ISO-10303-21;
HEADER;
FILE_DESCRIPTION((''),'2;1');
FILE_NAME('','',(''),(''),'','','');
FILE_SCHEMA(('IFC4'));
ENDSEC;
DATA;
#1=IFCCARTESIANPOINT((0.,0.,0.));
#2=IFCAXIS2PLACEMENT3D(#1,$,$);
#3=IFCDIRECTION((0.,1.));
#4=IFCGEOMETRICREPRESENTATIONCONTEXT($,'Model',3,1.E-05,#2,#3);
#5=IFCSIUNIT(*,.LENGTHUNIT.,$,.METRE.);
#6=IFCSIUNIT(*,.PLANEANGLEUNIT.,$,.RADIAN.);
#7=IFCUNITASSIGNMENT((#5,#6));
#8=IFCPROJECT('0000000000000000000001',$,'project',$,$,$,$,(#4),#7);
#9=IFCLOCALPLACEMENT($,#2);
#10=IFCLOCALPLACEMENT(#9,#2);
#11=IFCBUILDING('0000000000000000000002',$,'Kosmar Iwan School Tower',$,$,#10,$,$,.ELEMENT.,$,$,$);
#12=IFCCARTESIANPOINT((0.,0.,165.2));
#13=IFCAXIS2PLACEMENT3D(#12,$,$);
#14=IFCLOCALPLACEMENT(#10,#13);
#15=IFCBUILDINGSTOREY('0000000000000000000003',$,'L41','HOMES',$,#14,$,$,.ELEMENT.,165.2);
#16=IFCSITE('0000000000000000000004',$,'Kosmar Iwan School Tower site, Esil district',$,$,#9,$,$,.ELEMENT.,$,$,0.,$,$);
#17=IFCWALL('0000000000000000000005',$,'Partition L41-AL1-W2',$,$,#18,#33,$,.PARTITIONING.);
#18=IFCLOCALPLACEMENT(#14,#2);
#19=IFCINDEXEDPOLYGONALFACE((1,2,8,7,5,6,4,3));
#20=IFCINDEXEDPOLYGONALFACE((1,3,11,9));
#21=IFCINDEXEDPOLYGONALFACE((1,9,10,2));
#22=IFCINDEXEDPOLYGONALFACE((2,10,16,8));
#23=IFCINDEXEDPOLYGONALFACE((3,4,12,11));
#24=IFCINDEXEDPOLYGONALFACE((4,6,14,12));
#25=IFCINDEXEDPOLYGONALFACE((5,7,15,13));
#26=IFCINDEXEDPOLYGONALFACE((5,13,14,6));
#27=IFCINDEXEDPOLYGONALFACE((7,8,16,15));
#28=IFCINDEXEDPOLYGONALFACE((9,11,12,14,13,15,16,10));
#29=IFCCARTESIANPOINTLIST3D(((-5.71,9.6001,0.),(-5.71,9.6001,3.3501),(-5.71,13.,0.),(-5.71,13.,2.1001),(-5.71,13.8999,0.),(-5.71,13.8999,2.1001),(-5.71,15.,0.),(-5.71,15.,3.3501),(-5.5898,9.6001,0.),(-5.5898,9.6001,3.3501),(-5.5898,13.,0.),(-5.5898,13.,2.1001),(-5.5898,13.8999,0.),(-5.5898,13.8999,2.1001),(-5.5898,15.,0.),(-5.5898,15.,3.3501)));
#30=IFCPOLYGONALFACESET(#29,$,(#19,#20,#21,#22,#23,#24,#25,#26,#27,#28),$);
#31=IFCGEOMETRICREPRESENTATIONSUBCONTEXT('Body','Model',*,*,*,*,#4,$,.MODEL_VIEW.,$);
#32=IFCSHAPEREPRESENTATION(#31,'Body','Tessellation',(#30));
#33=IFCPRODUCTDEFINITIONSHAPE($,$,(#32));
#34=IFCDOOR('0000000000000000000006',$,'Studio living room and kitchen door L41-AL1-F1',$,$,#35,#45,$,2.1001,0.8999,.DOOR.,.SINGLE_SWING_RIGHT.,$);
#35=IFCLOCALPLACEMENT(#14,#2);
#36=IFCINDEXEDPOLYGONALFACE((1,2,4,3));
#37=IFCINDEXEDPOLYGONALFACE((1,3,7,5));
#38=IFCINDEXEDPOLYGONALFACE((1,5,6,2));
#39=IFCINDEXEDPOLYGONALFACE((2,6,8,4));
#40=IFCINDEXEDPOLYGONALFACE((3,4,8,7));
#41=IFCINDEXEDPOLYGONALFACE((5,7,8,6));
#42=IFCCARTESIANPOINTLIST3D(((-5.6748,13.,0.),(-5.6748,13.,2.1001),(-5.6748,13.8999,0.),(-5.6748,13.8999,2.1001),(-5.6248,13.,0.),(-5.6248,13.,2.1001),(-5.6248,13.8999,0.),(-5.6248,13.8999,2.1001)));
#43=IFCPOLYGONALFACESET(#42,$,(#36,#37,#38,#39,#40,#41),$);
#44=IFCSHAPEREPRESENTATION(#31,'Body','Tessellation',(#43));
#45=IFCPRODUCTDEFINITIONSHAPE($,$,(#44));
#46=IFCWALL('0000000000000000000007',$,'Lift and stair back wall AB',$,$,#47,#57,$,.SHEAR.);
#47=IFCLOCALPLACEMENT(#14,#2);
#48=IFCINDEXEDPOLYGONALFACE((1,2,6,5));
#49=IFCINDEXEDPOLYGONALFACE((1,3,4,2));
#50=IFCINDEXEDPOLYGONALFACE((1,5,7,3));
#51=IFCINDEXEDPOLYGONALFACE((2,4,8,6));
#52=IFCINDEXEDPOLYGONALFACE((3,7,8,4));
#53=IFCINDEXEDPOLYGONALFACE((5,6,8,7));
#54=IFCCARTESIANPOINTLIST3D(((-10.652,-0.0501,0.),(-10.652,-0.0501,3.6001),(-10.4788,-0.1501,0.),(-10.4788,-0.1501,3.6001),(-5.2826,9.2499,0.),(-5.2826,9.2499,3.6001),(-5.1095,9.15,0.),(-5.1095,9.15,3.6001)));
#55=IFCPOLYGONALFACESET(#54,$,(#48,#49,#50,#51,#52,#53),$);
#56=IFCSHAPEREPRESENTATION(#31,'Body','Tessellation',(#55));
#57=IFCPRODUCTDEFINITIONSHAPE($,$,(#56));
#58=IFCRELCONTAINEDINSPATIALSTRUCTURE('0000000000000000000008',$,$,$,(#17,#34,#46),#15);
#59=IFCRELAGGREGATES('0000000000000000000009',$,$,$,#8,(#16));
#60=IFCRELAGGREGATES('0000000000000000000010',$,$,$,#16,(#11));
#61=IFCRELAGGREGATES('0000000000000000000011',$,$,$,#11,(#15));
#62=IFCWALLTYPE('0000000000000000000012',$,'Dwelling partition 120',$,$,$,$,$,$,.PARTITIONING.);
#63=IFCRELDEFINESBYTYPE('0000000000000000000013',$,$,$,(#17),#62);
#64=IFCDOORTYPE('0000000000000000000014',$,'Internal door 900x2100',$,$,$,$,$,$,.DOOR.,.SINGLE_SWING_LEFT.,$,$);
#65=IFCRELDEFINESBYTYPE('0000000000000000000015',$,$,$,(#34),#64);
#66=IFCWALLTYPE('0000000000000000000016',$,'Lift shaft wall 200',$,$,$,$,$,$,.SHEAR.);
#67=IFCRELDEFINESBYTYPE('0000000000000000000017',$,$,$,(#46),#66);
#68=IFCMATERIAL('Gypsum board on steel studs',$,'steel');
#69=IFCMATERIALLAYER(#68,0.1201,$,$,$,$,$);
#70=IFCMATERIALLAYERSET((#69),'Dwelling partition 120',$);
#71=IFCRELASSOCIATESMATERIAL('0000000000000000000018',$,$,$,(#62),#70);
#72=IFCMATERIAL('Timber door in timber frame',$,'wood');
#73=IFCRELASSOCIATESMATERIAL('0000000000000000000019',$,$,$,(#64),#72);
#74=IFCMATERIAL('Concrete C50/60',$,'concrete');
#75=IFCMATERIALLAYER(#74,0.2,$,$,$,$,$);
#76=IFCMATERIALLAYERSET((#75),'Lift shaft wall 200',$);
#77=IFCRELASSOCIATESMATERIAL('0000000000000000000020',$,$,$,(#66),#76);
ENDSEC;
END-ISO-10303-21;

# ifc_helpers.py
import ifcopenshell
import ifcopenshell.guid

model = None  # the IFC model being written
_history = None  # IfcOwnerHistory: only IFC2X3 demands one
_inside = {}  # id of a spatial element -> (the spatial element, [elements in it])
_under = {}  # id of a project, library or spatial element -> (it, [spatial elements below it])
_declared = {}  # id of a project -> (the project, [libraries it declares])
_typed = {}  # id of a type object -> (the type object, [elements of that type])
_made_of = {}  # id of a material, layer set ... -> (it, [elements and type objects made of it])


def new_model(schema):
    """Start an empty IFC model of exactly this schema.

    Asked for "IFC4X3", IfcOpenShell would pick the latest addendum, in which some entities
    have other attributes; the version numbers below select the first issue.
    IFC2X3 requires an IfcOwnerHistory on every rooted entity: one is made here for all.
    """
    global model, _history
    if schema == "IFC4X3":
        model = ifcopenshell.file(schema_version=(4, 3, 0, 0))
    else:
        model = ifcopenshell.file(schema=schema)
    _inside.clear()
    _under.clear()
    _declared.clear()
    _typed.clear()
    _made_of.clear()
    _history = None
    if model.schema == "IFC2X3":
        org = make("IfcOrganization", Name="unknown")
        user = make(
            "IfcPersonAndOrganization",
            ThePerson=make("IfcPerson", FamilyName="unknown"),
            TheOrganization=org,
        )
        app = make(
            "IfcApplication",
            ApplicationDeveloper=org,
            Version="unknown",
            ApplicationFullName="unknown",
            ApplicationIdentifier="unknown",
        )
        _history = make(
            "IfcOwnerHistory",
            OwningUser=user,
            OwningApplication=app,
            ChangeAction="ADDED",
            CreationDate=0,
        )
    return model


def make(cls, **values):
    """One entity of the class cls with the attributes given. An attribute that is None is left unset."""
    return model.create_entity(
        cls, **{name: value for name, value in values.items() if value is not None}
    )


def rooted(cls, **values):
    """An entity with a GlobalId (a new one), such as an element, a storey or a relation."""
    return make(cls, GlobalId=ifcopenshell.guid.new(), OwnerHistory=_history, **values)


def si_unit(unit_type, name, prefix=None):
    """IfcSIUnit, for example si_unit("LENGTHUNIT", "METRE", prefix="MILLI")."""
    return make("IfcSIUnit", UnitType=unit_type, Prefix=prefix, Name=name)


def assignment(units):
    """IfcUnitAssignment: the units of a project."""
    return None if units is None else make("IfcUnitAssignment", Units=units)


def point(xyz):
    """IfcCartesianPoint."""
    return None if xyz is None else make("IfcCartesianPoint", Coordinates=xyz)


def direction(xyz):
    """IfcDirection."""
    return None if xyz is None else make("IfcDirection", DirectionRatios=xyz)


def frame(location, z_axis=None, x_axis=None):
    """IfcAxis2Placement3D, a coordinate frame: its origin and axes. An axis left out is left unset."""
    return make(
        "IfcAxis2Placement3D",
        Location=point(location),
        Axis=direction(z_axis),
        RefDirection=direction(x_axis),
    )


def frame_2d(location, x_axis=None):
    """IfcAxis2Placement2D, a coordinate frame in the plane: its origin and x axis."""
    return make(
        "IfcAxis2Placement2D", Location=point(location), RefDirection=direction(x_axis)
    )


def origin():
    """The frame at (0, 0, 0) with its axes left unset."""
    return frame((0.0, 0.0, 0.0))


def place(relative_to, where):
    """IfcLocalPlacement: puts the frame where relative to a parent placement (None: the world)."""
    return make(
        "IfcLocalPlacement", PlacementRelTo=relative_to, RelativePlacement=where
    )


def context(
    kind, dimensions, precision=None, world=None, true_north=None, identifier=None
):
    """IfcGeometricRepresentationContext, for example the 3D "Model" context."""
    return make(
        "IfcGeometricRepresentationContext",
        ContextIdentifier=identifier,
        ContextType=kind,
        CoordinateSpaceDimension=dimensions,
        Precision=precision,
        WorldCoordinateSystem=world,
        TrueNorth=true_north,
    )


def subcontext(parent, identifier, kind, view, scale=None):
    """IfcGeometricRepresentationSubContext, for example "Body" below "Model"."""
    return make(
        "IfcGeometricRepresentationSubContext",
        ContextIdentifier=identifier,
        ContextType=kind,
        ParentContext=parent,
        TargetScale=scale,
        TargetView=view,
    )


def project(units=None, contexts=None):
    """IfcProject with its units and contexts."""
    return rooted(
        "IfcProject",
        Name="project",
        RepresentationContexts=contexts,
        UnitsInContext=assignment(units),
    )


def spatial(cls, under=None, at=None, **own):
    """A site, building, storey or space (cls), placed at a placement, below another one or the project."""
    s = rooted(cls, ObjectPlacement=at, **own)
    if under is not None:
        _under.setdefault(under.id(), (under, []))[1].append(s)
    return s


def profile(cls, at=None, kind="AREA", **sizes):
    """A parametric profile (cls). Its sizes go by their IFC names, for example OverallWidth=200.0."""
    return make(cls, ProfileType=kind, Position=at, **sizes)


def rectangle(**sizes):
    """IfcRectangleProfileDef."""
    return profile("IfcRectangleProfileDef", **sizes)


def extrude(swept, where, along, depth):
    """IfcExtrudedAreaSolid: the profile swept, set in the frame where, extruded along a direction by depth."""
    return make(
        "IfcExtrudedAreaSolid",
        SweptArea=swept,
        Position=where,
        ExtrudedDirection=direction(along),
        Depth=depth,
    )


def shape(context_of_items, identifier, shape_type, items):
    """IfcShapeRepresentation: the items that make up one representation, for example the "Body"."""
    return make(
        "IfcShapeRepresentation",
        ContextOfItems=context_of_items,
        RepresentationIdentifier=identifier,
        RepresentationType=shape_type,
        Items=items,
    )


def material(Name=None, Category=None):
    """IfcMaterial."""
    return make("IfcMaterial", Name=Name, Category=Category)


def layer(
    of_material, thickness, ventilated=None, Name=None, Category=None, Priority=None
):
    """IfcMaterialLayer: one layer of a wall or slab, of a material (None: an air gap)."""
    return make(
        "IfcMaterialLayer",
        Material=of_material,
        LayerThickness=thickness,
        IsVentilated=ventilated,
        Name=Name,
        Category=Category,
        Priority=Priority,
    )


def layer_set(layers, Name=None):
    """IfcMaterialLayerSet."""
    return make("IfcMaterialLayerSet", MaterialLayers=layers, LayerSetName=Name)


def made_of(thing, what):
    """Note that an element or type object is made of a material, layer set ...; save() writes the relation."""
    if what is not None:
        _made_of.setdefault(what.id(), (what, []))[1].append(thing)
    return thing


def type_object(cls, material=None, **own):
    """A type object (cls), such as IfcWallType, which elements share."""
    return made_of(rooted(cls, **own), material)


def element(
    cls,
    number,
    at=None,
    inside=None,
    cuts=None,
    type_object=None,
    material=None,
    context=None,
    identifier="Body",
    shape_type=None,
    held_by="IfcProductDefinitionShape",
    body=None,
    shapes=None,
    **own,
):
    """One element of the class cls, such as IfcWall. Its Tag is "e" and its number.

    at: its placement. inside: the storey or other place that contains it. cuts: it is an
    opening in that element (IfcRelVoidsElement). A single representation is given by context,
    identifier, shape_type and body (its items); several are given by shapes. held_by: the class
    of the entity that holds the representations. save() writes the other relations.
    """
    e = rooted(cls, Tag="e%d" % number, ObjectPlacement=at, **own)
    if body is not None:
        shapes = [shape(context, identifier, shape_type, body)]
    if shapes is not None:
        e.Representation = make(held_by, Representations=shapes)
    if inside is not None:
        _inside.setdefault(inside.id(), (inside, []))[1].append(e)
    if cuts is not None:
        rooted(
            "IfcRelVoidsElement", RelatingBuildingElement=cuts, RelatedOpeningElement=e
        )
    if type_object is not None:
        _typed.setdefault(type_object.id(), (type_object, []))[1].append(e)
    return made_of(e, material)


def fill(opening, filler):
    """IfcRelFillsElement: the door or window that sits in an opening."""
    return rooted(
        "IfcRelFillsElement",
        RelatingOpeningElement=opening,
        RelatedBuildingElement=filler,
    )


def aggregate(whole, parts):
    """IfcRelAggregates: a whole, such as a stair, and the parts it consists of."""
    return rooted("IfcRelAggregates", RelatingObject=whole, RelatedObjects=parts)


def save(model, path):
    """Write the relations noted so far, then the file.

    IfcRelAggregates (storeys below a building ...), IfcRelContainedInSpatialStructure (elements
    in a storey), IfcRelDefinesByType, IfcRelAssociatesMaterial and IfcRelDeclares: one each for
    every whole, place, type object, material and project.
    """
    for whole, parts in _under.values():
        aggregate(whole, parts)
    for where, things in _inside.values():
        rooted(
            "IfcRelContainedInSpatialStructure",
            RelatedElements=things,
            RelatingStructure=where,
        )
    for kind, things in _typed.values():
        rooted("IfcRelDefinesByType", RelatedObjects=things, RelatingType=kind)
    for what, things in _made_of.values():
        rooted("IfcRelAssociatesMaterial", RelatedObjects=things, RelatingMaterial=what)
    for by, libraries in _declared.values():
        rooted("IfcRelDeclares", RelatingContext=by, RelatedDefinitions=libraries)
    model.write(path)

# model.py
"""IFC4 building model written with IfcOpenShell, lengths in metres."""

from ifc_helpers import new_model, si_unit, direction, frame, frame_2d, origin, place, context, subcontext, project, spatial, rectangle, extrude, material, layer, layer_set, type_object, element, fill, save


model = new_model("IFC4")

# Units and contexts
model_context = context("Model", 3, precision=1e-05, world=origin(), true_north=direction((0.0, 1.0)))
body_context = subcontext(model_context, "Body", "Model", "MODEL_VIEW")
ifc_project = project(units=[si_unit("LENGTHUNIT", "METRE"), si_unit("PLANEANGLEUNIT", "RADIAN")], contexts=[model_context])

# Site, building, storey
site_placement = place(None, origin())
site = spatial("IfcSite", under=ifc_project, at=site_placement, Name="Kosmar Iwan School Tower site, Esil district", CompositionType="ELEMENT", RefElevation=0.0)
building_placement = place(site_placement, origin())
building = spatial("IfcBuilding", under=site, at=building_placement, Name="Kosmar Iwan School Tower", CompositionType="ELEMENT")
storey_placement = place(building_placement, frame((0.0, 0.0, 165.2)))
storey = spatial("IfcBuildingStorey", under=building, at=storey_placement, Name="L41", Description="HOMES", CompositionType="ELEMENT", Elevation=165.2)

# Shared definitions
ifc_material_1 = material(Name="Gypsum board on steel studs", Category="steel")
ifc_layer_1 = layer(ifc_material_1, 0.1201)
ifc_layer_set_1 = layer_set([ifc_layer_1], Name="Dwelling partition 120")
wall_type_1 = type_object("IfcWallType", Name="Dwelling partition 120", PredefinedType="PARTITIONING", material=ifc_layer_set_1)
ifc_material_2 = material(Name="Timber door in timber frame", Category="wood")
door_type_1 = type_object("IfcDoorType", Name="Internal door 900x2100", OperationType="SINGLE_SWING_LEFT", PredefinedType="DOOR", material=ifc_material_2)

# Wall, opening, door
wall_1_placement = place(storey_placement, frame((-5.6499, 9.6001, 0.0), z_axis=(0.0, 0.0, 1.0), x_axis=(0.0, 1.0, 0.0)))
wall_1 = element("IfcWall", 1, at=wall_1_placement, inside=storey, type_object=wall_type_1, Name="Partition L41-AL1-W2", PredefinedType="PARTITIONING", context=body_context, shape_type="SweptSolid", body=[
    extrude(rectangle(XDim=5.3999, YDim=0.1201, at=frame_2d((2.7, 0.0))), origin(), (0.0, 0.0, 1.0), 3.3501),
])
opening_1_placement = place(wall_1_placement, frame((3.3999, 0.0, 0.0)))
opening_1 = element("IfcOpeningElement", 2, at=opening_1_placement, cuts=wall_1, PredefinedType="OPENING", context=body_context, shape_type="SweptSolid", body=[
    extrude(rectangle(XDim=0.8999, YDim=2.1001, at=frame_2d((0.45, 1.05))), frame((0.0, 0.072, 0.0), z_axis=(0.0, -1.0, 0.0), x_axis=(1.0, 0.0, 0.0)), (0.0, 0.0, 1.0), 0.144),
])
door_1_placement = place(opening_1_placement, origin())
door_1 = element("IfcDoor", 3, at=door_1_placement, inside=storey, type_object=door_type_1, Name="Studio living room and kitchen door L41-AL1-F1", OperationType="SINGLE_SWING_RIGHT", OverallHeight=2.1001, OverallWidth=0.8999, PredefinedType="DOOR", context=body_context, shape_type="SweptSolid", body=[
    extrude(rectangle(XDim=0.8999, YDim=2.1001, at=frame_2d((0.45, 1.05))), frame((0.0, 0.0249, 0.0), z_axis=(0.0, -1.0, 0.0), x_axis=(1.0, 0.0, 0.0)), (0.0, 0.0, 1.0), 0.05),
])
fill(opening_1, door_1)

# Wall
ifc_material_3 = material(Name="Concrete C50/60", Category="concrete")
ifc_layer_2 = layer(ifc_material_3, 0.2)
ifc_layer_set_2 = layer_set([ifc_layer_2], Name="Lift shaft wall 200")
wall_type_2 = type_object("IfcWallType", Name="Lift shaft wall 200", PredefinedType="SHEAR", material=ifc_layer_set_2)
wall_2_placement = place(storey_placement, frame((-5.196, 9.2, 0.0), z_axis=(0.0, 0.0, 1.0), x_axis=(-0.5, -0.866025, 0.0)))
element("IfcWall", 4, at=wall_2_placement, inside=storey, type_object=wall_type_2, Name="Lift and stair back wall AB", PredefinedType="SHEAR", context=body_context, shape_type="SweptSolid", body=[
    extrude(rectangle(XDim=10.7388, YDim=0.2, at=frame_2d((5.3694, 0.0))), origin(), (0.0, 0.0, 1.0), 3.6001),
])

save(model, "model.ifc")
